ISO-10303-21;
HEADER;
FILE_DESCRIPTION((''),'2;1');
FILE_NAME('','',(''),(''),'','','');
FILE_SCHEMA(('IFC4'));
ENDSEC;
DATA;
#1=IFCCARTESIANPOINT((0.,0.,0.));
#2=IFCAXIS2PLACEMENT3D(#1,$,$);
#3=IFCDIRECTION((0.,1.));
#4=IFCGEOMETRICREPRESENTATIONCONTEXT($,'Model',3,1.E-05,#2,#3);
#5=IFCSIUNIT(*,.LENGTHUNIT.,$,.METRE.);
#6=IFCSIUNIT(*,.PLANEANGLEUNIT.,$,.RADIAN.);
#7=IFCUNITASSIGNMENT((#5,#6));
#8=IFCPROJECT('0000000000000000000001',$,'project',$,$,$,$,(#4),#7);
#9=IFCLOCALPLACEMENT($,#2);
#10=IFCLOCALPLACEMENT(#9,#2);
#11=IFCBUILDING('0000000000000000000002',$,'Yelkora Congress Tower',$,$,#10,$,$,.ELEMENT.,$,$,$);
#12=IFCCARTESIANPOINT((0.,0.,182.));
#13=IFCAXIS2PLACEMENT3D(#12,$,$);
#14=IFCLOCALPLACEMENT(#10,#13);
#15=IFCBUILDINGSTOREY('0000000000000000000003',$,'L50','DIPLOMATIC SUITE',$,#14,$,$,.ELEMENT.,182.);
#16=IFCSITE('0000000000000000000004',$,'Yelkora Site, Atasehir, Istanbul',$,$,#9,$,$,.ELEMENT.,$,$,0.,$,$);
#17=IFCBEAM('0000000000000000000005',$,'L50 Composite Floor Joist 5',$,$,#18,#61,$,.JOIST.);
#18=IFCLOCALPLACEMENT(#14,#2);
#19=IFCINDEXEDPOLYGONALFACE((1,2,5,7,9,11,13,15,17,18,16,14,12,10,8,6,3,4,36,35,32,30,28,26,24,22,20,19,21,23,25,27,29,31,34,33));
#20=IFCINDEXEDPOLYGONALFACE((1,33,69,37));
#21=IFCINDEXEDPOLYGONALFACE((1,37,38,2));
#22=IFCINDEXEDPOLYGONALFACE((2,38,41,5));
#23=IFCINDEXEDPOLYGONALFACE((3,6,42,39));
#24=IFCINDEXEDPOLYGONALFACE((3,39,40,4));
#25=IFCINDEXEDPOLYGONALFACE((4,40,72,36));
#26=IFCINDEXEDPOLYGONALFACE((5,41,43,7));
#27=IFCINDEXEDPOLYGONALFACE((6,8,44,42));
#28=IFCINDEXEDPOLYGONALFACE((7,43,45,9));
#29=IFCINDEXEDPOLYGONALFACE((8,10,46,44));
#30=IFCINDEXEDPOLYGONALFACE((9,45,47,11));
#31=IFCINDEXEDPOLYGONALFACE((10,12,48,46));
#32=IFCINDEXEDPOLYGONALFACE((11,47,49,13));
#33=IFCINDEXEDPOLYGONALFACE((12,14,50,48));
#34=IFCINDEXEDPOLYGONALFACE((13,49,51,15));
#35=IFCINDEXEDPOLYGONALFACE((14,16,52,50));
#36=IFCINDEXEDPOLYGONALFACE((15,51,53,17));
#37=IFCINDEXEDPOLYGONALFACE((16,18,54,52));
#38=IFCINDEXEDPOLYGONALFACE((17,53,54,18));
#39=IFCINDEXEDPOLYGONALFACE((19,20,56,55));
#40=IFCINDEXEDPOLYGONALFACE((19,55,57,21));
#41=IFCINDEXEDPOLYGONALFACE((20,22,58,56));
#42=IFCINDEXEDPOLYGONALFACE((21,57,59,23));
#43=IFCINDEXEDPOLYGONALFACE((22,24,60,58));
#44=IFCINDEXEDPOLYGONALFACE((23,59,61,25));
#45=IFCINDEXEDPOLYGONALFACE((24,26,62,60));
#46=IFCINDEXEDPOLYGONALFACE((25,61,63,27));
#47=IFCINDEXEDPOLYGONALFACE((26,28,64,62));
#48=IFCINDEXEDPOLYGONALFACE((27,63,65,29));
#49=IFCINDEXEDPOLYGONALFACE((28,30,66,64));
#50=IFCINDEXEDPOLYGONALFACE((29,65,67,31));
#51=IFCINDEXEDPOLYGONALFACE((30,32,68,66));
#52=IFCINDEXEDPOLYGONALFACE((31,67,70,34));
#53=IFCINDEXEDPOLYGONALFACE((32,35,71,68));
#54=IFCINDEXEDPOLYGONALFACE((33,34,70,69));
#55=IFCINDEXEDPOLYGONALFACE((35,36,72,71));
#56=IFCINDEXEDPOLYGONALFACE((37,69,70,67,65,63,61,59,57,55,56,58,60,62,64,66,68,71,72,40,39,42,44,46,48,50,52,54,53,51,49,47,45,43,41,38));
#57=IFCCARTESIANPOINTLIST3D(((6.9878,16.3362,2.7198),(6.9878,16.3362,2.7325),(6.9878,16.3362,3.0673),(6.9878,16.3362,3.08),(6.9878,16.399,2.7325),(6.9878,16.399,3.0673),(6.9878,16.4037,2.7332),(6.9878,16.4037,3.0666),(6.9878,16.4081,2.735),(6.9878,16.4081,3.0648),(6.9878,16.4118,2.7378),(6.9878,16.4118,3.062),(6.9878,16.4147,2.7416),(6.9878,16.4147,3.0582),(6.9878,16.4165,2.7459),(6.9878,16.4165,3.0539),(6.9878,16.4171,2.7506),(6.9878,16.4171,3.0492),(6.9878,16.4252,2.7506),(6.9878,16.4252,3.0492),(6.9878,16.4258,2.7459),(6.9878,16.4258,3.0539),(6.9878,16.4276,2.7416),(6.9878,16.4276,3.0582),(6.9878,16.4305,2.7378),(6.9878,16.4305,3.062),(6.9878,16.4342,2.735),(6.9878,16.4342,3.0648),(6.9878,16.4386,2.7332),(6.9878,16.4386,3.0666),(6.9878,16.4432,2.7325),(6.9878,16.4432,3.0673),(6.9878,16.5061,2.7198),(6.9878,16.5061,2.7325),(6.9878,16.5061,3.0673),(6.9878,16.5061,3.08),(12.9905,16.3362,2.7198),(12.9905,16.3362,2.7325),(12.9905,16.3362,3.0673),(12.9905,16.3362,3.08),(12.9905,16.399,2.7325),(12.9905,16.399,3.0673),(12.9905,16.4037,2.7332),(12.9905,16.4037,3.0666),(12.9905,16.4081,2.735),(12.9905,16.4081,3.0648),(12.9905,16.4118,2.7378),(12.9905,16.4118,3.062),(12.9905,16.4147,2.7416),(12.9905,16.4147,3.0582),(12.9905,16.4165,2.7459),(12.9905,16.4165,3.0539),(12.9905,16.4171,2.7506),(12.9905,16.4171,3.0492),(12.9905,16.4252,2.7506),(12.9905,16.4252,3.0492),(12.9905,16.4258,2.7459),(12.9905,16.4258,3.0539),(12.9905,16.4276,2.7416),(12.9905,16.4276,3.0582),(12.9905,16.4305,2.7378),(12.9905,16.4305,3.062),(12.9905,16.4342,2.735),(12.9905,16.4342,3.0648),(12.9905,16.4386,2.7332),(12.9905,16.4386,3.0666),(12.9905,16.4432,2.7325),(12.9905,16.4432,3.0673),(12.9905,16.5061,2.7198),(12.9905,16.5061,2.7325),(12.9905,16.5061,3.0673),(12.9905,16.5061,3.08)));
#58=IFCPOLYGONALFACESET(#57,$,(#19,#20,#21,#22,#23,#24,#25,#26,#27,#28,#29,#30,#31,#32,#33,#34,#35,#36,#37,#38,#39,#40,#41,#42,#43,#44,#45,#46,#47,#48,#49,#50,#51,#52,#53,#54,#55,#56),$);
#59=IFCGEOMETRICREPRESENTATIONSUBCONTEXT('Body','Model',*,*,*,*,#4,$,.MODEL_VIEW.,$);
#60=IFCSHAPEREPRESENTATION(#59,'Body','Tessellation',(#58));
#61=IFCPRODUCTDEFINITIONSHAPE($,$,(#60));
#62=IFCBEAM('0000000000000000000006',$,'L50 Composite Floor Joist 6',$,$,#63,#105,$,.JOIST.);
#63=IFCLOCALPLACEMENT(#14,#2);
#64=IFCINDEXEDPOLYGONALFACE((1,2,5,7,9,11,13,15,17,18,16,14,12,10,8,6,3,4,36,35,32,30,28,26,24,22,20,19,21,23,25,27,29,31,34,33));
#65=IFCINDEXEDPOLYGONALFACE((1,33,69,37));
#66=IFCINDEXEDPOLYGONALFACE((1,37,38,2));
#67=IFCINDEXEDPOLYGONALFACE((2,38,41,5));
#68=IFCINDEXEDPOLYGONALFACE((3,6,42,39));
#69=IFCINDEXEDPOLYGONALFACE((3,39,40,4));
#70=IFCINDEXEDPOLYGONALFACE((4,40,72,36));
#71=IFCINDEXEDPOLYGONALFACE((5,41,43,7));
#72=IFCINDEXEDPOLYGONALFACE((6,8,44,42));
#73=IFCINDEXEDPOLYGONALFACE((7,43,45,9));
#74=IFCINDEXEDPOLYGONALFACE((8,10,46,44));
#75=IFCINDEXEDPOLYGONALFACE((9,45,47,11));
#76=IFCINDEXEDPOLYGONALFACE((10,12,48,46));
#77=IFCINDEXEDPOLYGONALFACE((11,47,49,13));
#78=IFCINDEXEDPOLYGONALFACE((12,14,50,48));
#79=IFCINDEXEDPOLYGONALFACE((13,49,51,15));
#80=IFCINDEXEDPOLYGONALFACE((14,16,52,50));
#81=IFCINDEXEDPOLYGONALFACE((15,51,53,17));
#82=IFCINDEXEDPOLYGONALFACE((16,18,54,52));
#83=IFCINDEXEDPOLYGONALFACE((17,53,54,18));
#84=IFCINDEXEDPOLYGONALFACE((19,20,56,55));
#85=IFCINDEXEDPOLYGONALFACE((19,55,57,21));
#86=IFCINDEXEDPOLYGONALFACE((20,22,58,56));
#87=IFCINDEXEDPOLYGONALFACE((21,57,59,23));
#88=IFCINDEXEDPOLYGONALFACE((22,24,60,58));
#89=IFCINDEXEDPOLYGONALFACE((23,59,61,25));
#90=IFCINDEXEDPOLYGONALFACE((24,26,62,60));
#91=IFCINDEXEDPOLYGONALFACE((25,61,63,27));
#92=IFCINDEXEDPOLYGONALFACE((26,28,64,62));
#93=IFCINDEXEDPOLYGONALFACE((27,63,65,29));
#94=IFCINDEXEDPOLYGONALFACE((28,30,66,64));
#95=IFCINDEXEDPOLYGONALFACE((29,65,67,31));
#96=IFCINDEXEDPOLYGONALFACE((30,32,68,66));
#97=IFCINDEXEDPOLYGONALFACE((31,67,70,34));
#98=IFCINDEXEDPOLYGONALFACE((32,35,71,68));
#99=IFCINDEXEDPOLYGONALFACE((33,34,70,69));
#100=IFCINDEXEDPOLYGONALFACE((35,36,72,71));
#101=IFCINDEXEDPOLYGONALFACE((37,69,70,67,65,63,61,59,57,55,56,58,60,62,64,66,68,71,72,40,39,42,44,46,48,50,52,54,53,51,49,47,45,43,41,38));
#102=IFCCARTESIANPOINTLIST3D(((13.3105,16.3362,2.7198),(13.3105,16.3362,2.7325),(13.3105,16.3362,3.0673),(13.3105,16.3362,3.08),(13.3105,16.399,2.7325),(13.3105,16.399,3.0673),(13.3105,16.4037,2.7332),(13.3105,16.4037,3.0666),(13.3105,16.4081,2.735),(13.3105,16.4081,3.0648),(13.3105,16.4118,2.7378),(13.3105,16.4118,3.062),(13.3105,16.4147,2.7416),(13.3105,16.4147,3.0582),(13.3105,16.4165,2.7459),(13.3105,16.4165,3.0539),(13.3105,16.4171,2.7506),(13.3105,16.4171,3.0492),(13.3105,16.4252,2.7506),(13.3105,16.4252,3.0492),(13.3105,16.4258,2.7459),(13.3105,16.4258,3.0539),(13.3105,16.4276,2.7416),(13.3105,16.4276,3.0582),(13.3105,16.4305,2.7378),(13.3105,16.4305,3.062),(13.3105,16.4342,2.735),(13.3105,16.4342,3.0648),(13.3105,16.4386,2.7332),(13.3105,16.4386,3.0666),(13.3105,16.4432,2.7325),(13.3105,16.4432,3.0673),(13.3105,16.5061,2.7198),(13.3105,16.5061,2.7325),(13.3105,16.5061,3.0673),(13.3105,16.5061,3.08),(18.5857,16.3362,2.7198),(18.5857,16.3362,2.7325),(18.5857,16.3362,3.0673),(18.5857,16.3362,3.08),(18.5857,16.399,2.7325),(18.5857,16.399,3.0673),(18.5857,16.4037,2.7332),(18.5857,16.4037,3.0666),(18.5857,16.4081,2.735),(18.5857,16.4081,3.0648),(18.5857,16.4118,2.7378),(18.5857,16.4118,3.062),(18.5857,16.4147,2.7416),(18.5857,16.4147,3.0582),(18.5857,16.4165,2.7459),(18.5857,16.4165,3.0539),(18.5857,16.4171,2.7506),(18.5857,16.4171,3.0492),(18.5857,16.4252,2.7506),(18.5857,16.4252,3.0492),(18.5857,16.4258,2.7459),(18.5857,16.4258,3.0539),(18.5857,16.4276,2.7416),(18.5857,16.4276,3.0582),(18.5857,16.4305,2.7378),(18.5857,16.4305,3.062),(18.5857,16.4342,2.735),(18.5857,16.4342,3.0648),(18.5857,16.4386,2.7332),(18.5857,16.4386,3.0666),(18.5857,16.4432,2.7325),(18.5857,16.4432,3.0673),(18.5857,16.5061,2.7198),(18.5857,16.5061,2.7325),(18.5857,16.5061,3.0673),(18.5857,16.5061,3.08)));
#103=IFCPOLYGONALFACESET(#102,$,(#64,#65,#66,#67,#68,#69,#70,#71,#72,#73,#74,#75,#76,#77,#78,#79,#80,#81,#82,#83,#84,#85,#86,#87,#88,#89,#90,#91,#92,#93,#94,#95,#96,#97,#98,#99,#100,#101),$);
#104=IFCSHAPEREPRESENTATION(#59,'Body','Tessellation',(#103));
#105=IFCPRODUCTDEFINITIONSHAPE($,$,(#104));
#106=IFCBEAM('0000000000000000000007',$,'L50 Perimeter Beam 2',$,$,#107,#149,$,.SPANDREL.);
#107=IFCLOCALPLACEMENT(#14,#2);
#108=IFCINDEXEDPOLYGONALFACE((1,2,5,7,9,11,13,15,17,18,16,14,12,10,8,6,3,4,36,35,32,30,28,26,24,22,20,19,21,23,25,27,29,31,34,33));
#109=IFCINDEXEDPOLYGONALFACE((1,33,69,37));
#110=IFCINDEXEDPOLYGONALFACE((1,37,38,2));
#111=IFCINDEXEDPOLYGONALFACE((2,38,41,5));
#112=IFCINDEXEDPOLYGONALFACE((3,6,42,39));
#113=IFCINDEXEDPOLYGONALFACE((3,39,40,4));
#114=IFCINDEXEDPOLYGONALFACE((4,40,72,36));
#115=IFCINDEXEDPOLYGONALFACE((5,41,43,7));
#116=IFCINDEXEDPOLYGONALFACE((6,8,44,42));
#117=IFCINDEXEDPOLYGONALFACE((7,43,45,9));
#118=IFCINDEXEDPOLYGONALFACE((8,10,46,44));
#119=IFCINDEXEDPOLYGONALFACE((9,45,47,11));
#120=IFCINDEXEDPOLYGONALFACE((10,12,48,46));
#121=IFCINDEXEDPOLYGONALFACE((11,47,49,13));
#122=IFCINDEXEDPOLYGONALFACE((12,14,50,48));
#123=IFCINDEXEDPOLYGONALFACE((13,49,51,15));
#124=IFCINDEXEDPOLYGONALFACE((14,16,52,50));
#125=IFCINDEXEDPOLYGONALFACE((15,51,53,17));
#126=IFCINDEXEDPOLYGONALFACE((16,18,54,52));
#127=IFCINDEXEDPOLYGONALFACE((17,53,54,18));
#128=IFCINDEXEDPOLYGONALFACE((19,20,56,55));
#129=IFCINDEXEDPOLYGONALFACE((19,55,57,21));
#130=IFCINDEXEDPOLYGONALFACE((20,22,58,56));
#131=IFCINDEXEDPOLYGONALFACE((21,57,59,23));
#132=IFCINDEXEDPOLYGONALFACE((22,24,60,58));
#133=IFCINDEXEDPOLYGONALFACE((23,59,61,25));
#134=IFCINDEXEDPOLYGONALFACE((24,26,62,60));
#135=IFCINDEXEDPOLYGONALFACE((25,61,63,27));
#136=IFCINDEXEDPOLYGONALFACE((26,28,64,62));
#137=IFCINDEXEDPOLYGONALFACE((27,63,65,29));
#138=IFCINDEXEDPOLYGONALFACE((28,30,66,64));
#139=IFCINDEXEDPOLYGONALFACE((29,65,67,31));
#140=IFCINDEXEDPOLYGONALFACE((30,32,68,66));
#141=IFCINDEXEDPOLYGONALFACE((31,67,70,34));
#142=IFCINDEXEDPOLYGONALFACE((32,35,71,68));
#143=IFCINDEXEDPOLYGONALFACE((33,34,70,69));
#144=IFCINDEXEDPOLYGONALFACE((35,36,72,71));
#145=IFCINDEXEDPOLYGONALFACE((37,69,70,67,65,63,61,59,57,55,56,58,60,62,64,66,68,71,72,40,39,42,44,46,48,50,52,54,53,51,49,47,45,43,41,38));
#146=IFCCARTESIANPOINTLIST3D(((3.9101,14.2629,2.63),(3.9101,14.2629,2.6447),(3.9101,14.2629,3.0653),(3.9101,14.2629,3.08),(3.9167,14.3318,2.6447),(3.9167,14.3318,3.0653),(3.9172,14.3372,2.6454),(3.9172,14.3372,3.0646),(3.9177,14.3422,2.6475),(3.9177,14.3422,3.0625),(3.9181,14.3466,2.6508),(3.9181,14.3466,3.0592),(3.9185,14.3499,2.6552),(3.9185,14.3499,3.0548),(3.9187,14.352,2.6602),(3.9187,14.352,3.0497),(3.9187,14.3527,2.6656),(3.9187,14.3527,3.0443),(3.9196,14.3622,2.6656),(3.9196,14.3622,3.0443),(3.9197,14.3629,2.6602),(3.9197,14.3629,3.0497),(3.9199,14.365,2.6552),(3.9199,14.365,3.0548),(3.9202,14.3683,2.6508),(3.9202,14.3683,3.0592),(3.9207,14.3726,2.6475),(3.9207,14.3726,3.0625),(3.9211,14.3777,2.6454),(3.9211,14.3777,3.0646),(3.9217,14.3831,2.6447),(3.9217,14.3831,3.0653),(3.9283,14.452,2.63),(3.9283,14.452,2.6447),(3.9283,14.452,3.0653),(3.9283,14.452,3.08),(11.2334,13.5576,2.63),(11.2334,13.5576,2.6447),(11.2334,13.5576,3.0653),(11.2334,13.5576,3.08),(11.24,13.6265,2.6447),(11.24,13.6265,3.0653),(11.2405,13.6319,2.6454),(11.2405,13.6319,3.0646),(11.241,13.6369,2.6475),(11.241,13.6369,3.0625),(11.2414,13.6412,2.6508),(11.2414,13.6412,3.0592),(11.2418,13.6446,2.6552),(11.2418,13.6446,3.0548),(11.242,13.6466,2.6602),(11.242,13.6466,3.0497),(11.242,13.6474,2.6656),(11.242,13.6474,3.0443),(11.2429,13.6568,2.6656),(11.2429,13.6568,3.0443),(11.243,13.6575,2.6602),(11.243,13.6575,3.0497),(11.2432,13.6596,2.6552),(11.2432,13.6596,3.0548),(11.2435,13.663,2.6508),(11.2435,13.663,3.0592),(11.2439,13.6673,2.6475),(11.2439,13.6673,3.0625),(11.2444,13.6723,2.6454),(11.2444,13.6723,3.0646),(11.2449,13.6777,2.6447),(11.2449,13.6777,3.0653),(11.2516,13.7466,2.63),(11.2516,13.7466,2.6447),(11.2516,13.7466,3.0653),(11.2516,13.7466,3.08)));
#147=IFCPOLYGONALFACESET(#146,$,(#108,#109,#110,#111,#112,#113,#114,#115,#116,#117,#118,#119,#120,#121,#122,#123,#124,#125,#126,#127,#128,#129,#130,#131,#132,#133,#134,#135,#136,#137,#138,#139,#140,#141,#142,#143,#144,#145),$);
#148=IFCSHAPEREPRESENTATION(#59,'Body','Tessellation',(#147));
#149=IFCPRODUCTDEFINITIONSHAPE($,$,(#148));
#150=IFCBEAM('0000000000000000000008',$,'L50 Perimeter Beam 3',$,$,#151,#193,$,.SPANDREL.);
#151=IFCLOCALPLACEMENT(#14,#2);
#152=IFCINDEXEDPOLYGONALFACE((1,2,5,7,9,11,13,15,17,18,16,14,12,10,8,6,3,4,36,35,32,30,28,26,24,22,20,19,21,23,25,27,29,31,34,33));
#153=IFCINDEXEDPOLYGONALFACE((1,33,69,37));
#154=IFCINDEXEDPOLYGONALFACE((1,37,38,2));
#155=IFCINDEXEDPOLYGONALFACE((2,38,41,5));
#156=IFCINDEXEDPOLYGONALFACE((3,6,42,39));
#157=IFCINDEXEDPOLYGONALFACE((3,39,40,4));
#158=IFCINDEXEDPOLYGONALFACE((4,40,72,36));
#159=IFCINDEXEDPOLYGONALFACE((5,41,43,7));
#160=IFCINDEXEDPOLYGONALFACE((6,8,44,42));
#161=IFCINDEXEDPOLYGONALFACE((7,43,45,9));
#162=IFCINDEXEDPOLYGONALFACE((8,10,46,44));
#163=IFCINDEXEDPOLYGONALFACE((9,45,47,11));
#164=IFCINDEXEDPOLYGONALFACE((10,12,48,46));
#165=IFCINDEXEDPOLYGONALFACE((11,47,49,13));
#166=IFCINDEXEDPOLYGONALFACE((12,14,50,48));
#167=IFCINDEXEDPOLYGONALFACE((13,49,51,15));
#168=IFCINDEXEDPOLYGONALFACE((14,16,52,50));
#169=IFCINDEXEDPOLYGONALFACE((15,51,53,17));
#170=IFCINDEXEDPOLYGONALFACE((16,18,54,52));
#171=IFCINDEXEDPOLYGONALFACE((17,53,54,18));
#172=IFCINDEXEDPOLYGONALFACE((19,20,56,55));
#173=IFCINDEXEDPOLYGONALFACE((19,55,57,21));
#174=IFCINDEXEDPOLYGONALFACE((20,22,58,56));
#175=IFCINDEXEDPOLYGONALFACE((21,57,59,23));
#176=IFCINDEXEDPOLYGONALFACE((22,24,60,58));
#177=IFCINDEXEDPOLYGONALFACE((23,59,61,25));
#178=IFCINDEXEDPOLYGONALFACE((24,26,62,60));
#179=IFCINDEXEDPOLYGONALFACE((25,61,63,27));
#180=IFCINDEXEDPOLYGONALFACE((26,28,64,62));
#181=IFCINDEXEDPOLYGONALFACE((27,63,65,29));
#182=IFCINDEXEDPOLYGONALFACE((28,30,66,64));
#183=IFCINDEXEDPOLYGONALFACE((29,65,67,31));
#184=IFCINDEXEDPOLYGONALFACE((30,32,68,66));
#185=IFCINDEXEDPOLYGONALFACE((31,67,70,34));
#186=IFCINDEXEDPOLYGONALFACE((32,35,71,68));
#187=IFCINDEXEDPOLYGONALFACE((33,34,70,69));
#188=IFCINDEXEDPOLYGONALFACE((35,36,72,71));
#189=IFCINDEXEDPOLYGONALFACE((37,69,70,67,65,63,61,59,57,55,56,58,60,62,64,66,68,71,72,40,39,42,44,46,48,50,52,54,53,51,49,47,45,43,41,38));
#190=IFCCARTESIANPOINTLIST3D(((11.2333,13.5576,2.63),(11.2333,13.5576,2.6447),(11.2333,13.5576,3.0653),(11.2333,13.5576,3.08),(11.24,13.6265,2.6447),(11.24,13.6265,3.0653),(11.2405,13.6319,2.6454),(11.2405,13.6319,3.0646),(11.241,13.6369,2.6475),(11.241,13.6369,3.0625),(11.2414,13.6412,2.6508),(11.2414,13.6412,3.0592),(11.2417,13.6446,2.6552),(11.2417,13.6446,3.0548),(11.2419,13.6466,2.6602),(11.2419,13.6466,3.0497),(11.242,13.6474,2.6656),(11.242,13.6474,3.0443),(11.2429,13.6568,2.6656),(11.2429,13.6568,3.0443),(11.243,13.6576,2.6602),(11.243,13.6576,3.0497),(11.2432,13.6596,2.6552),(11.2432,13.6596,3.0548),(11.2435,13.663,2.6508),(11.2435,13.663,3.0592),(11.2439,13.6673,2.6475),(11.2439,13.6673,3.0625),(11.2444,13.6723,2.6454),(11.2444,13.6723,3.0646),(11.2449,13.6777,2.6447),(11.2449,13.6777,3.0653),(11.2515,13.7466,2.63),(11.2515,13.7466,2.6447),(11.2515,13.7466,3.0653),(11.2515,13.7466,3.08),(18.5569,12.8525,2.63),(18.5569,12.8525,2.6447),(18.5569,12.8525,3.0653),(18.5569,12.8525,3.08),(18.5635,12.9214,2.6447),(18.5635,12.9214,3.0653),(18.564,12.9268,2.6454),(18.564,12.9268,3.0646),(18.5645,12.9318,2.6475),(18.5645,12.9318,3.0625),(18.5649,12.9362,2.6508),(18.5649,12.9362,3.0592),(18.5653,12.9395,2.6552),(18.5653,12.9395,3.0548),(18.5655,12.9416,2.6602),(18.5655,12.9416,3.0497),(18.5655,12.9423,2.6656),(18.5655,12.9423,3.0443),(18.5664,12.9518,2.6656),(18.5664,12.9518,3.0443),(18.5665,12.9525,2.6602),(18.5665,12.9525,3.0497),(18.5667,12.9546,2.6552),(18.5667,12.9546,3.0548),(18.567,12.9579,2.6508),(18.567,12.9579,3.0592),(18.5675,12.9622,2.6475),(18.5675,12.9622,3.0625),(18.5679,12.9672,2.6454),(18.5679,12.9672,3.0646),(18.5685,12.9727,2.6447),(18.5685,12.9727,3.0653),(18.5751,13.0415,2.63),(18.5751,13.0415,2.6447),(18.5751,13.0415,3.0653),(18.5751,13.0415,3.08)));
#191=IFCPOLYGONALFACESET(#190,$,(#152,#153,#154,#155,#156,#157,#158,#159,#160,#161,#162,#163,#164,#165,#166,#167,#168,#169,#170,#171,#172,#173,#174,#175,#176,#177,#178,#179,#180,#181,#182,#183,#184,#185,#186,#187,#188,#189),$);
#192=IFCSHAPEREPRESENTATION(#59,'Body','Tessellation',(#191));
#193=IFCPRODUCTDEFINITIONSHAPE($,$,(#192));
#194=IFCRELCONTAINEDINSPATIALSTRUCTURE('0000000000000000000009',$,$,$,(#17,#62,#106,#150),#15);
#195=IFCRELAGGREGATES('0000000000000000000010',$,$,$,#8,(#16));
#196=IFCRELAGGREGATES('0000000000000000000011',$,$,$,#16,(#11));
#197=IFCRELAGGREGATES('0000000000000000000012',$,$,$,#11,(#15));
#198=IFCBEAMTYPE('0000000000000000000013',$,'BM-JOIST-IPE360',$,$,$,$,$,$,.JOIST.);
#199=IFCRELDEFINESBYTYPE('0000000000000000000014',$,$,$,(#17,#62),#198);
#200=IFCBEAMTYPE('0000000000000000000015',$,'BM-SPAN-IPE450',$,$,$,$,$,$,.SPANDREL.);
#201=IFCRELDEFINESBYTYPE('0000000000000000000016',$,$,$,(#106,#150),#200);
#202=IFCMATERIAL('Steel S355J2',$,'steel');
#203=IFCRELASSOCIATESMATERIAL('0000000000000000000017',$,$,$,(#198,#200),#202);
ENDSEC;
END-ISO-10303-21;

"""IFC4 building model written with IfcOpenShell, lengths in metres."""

from ifc_helpers import new_model, si_unit, direction, frame, origin, origin_2d, place, context, subcontext, project, spatial, i_section, extrude, material, material_profile, profile_set, type_object, element, save


model = new_model("IFC4")

# Units and contexts
model_context = context("Model", 3, precision=1e-05, world=origin(), true_north=direction((0.0, 1.0)))
body_context = subcontext(model_context, "Body", "Model", "MODEL_VIEW")
ifc_project = project(units=[si_unit("LENGTHUNIT", "METRE"), si_unit("PLANEANGLEUNIT", "RADIAN")], contexts=[model_context])

# Site, building, storey
site_placement = place(None, origin())
site = spatial("IfcSite", under=ifc_project, at=site_placement, Name="Yelkora Site, Atasehir, Istanbul", CompositionType="ELEMENT", RefElevation=0.0)
building_placement = place(site_placement, origin())
building = spatial("IfcBuilding", under=site, at=building_placement, Name="Yelkora Congress Tower", CompositionType="ELEMENT")
storey_placement = place(building_placement, frame((0.0, 0.0, 182.0)))
storey = spatial("IfcBuildingStorey", under=building, at=storey_placement, Name="L50", Description="DIPLOMATIC SUITE", CompositionType="ELEMENT", Elevation=182.0)

# Beams
ifc_material_1 = material(Name="Steel S355J2", Category="steel")
ifc_material_profile_1 = material_profile(ifc_material_1, i_section(OverallWidth=0.1699, OverallDepth=0.3601, WebThickness=0.0081, FlangeThickness=0.0127, FilletRadius=0.0181, at=origin_2d()), Name="IPE 360")
ifc_profile_set_1 = profile_set([ifc_material_profile_1], Name="Steel S355J2")
beam_type_1 = type_object("IfcBeamType", Name="BM-JOIST-IPE360", PredefinedType="JOIST", material=ifc_profile_set_1)
beam_1_placement = place(storey_placement, frame((6.9878, 16.4211, 2.8999), z_axis=(1.0, 0.0, 0.0), x_axis=(0.0, 1.0, 0.0)))
element("IfcBeam", 1, at=beam_1_placement, inside=storey, type_object=beam_type_1, Name="L50 Composite Floor Joist 5", PredefinedType="JOIST", context=body_context, shape_type="SweptSolid", body=[
    extrude(i_section(OverallWidth=0.1699, OverallDepth=0.3601, WebThickness=0.0081, FlangeThickness=0.0127, FilletRadius=0.0181, at=origin_2d()), origin(), (0.0, 0.0, 1.0), 6.0027),
])
beam_2_placement = place(storey_placement, frame((13.3105, 16.4211, 2.8999), z_axis=(1.0, 0.0, 0.0), x_axis=(0.0, 1.0, 0.0)))
element("IfcBeam", 2, at=beam_2_placement, inside=storey, type_object=beam_type_1, Name="L50 Composite Floor Joist 6", PredefinedType="JOIST", context=body_context, shape_type="SweptSolid", body=[
    extrude(i_section(OverallWidth=0.1699, OverallDepth=0.3601, WebThickness=0.0081, FlangeThickness=0.0127, FilletRadius=0.0181, at=origin_2d()), origin(), (0.0, 0.0, 1.0), 5.2751),
])
ifc_material_profile_2 = material_profile(ifc_material_1, i_section(OverallWidth=0.1899, OverallDepth=0.45, WebThickness=0.0095, FlangeThickness=0.0146, FilletRadius=0.021, at=origin_2d()), Name="IPE 450")
ifc_profile_set_2 = profile_set([ifc_material_profile_2], Name="Steel S355J2")
beam_type_2 = type_object("IfcBeamType", Name="BM-SPAN-IPE450", PredefinedType="SPANDREL", material=ifc_profile_set_2)
beam_3_placement = place(storey_placement, frame((3.9192, 14.3574, 2.855), z_axis=(0.995394, -0.095869, 0.0), x_axis=(0.095869, 0.995394, 0.0)))
element("IfcBeam", 3, at=beam_3_placement, inside=storey, type_object=beam_type_2, Name="L50 Perimeter Beam 2", PredefinedType="SPANDREL", context=body_context, shape_type="SweptSolid", body=[
    extrude(i_section(OverallWidth=0.1899, OverallDepth=0.45, WebThickness=0.0095, FlangeThickness=0.0146, FilletRadius=0.021, at=origin_2d()), origin(), (0.0, 0.0, 1.0), 7.3572),
])
beam_4_placement = place(storey_placement, frame((11.2424, 13.6521, 2.855), z_axis=(0.995397, -0.095833, 0.0), x_axis=(0.095833, 0.995397, 0.0)))
element("IfcBeam", 4, at=beam_4_placement, inside=storey, type_object=beam_type_2, Name="L50 Perimeter Beam 3", PredefinedType="SPANDREL", context=body_context, shape_type="SweptSolid", body=[
    extrude(i_section(OverallWidth=0.1899, OverallDepth=0.45, WebThickness=0.0095, FlangeThickness=0.0146, FilletRadius=0.021, at=origin_2d()), origin(), (0.0, 0.0, 1.0), 7.3574),
])

save(model, "model.ifc")
